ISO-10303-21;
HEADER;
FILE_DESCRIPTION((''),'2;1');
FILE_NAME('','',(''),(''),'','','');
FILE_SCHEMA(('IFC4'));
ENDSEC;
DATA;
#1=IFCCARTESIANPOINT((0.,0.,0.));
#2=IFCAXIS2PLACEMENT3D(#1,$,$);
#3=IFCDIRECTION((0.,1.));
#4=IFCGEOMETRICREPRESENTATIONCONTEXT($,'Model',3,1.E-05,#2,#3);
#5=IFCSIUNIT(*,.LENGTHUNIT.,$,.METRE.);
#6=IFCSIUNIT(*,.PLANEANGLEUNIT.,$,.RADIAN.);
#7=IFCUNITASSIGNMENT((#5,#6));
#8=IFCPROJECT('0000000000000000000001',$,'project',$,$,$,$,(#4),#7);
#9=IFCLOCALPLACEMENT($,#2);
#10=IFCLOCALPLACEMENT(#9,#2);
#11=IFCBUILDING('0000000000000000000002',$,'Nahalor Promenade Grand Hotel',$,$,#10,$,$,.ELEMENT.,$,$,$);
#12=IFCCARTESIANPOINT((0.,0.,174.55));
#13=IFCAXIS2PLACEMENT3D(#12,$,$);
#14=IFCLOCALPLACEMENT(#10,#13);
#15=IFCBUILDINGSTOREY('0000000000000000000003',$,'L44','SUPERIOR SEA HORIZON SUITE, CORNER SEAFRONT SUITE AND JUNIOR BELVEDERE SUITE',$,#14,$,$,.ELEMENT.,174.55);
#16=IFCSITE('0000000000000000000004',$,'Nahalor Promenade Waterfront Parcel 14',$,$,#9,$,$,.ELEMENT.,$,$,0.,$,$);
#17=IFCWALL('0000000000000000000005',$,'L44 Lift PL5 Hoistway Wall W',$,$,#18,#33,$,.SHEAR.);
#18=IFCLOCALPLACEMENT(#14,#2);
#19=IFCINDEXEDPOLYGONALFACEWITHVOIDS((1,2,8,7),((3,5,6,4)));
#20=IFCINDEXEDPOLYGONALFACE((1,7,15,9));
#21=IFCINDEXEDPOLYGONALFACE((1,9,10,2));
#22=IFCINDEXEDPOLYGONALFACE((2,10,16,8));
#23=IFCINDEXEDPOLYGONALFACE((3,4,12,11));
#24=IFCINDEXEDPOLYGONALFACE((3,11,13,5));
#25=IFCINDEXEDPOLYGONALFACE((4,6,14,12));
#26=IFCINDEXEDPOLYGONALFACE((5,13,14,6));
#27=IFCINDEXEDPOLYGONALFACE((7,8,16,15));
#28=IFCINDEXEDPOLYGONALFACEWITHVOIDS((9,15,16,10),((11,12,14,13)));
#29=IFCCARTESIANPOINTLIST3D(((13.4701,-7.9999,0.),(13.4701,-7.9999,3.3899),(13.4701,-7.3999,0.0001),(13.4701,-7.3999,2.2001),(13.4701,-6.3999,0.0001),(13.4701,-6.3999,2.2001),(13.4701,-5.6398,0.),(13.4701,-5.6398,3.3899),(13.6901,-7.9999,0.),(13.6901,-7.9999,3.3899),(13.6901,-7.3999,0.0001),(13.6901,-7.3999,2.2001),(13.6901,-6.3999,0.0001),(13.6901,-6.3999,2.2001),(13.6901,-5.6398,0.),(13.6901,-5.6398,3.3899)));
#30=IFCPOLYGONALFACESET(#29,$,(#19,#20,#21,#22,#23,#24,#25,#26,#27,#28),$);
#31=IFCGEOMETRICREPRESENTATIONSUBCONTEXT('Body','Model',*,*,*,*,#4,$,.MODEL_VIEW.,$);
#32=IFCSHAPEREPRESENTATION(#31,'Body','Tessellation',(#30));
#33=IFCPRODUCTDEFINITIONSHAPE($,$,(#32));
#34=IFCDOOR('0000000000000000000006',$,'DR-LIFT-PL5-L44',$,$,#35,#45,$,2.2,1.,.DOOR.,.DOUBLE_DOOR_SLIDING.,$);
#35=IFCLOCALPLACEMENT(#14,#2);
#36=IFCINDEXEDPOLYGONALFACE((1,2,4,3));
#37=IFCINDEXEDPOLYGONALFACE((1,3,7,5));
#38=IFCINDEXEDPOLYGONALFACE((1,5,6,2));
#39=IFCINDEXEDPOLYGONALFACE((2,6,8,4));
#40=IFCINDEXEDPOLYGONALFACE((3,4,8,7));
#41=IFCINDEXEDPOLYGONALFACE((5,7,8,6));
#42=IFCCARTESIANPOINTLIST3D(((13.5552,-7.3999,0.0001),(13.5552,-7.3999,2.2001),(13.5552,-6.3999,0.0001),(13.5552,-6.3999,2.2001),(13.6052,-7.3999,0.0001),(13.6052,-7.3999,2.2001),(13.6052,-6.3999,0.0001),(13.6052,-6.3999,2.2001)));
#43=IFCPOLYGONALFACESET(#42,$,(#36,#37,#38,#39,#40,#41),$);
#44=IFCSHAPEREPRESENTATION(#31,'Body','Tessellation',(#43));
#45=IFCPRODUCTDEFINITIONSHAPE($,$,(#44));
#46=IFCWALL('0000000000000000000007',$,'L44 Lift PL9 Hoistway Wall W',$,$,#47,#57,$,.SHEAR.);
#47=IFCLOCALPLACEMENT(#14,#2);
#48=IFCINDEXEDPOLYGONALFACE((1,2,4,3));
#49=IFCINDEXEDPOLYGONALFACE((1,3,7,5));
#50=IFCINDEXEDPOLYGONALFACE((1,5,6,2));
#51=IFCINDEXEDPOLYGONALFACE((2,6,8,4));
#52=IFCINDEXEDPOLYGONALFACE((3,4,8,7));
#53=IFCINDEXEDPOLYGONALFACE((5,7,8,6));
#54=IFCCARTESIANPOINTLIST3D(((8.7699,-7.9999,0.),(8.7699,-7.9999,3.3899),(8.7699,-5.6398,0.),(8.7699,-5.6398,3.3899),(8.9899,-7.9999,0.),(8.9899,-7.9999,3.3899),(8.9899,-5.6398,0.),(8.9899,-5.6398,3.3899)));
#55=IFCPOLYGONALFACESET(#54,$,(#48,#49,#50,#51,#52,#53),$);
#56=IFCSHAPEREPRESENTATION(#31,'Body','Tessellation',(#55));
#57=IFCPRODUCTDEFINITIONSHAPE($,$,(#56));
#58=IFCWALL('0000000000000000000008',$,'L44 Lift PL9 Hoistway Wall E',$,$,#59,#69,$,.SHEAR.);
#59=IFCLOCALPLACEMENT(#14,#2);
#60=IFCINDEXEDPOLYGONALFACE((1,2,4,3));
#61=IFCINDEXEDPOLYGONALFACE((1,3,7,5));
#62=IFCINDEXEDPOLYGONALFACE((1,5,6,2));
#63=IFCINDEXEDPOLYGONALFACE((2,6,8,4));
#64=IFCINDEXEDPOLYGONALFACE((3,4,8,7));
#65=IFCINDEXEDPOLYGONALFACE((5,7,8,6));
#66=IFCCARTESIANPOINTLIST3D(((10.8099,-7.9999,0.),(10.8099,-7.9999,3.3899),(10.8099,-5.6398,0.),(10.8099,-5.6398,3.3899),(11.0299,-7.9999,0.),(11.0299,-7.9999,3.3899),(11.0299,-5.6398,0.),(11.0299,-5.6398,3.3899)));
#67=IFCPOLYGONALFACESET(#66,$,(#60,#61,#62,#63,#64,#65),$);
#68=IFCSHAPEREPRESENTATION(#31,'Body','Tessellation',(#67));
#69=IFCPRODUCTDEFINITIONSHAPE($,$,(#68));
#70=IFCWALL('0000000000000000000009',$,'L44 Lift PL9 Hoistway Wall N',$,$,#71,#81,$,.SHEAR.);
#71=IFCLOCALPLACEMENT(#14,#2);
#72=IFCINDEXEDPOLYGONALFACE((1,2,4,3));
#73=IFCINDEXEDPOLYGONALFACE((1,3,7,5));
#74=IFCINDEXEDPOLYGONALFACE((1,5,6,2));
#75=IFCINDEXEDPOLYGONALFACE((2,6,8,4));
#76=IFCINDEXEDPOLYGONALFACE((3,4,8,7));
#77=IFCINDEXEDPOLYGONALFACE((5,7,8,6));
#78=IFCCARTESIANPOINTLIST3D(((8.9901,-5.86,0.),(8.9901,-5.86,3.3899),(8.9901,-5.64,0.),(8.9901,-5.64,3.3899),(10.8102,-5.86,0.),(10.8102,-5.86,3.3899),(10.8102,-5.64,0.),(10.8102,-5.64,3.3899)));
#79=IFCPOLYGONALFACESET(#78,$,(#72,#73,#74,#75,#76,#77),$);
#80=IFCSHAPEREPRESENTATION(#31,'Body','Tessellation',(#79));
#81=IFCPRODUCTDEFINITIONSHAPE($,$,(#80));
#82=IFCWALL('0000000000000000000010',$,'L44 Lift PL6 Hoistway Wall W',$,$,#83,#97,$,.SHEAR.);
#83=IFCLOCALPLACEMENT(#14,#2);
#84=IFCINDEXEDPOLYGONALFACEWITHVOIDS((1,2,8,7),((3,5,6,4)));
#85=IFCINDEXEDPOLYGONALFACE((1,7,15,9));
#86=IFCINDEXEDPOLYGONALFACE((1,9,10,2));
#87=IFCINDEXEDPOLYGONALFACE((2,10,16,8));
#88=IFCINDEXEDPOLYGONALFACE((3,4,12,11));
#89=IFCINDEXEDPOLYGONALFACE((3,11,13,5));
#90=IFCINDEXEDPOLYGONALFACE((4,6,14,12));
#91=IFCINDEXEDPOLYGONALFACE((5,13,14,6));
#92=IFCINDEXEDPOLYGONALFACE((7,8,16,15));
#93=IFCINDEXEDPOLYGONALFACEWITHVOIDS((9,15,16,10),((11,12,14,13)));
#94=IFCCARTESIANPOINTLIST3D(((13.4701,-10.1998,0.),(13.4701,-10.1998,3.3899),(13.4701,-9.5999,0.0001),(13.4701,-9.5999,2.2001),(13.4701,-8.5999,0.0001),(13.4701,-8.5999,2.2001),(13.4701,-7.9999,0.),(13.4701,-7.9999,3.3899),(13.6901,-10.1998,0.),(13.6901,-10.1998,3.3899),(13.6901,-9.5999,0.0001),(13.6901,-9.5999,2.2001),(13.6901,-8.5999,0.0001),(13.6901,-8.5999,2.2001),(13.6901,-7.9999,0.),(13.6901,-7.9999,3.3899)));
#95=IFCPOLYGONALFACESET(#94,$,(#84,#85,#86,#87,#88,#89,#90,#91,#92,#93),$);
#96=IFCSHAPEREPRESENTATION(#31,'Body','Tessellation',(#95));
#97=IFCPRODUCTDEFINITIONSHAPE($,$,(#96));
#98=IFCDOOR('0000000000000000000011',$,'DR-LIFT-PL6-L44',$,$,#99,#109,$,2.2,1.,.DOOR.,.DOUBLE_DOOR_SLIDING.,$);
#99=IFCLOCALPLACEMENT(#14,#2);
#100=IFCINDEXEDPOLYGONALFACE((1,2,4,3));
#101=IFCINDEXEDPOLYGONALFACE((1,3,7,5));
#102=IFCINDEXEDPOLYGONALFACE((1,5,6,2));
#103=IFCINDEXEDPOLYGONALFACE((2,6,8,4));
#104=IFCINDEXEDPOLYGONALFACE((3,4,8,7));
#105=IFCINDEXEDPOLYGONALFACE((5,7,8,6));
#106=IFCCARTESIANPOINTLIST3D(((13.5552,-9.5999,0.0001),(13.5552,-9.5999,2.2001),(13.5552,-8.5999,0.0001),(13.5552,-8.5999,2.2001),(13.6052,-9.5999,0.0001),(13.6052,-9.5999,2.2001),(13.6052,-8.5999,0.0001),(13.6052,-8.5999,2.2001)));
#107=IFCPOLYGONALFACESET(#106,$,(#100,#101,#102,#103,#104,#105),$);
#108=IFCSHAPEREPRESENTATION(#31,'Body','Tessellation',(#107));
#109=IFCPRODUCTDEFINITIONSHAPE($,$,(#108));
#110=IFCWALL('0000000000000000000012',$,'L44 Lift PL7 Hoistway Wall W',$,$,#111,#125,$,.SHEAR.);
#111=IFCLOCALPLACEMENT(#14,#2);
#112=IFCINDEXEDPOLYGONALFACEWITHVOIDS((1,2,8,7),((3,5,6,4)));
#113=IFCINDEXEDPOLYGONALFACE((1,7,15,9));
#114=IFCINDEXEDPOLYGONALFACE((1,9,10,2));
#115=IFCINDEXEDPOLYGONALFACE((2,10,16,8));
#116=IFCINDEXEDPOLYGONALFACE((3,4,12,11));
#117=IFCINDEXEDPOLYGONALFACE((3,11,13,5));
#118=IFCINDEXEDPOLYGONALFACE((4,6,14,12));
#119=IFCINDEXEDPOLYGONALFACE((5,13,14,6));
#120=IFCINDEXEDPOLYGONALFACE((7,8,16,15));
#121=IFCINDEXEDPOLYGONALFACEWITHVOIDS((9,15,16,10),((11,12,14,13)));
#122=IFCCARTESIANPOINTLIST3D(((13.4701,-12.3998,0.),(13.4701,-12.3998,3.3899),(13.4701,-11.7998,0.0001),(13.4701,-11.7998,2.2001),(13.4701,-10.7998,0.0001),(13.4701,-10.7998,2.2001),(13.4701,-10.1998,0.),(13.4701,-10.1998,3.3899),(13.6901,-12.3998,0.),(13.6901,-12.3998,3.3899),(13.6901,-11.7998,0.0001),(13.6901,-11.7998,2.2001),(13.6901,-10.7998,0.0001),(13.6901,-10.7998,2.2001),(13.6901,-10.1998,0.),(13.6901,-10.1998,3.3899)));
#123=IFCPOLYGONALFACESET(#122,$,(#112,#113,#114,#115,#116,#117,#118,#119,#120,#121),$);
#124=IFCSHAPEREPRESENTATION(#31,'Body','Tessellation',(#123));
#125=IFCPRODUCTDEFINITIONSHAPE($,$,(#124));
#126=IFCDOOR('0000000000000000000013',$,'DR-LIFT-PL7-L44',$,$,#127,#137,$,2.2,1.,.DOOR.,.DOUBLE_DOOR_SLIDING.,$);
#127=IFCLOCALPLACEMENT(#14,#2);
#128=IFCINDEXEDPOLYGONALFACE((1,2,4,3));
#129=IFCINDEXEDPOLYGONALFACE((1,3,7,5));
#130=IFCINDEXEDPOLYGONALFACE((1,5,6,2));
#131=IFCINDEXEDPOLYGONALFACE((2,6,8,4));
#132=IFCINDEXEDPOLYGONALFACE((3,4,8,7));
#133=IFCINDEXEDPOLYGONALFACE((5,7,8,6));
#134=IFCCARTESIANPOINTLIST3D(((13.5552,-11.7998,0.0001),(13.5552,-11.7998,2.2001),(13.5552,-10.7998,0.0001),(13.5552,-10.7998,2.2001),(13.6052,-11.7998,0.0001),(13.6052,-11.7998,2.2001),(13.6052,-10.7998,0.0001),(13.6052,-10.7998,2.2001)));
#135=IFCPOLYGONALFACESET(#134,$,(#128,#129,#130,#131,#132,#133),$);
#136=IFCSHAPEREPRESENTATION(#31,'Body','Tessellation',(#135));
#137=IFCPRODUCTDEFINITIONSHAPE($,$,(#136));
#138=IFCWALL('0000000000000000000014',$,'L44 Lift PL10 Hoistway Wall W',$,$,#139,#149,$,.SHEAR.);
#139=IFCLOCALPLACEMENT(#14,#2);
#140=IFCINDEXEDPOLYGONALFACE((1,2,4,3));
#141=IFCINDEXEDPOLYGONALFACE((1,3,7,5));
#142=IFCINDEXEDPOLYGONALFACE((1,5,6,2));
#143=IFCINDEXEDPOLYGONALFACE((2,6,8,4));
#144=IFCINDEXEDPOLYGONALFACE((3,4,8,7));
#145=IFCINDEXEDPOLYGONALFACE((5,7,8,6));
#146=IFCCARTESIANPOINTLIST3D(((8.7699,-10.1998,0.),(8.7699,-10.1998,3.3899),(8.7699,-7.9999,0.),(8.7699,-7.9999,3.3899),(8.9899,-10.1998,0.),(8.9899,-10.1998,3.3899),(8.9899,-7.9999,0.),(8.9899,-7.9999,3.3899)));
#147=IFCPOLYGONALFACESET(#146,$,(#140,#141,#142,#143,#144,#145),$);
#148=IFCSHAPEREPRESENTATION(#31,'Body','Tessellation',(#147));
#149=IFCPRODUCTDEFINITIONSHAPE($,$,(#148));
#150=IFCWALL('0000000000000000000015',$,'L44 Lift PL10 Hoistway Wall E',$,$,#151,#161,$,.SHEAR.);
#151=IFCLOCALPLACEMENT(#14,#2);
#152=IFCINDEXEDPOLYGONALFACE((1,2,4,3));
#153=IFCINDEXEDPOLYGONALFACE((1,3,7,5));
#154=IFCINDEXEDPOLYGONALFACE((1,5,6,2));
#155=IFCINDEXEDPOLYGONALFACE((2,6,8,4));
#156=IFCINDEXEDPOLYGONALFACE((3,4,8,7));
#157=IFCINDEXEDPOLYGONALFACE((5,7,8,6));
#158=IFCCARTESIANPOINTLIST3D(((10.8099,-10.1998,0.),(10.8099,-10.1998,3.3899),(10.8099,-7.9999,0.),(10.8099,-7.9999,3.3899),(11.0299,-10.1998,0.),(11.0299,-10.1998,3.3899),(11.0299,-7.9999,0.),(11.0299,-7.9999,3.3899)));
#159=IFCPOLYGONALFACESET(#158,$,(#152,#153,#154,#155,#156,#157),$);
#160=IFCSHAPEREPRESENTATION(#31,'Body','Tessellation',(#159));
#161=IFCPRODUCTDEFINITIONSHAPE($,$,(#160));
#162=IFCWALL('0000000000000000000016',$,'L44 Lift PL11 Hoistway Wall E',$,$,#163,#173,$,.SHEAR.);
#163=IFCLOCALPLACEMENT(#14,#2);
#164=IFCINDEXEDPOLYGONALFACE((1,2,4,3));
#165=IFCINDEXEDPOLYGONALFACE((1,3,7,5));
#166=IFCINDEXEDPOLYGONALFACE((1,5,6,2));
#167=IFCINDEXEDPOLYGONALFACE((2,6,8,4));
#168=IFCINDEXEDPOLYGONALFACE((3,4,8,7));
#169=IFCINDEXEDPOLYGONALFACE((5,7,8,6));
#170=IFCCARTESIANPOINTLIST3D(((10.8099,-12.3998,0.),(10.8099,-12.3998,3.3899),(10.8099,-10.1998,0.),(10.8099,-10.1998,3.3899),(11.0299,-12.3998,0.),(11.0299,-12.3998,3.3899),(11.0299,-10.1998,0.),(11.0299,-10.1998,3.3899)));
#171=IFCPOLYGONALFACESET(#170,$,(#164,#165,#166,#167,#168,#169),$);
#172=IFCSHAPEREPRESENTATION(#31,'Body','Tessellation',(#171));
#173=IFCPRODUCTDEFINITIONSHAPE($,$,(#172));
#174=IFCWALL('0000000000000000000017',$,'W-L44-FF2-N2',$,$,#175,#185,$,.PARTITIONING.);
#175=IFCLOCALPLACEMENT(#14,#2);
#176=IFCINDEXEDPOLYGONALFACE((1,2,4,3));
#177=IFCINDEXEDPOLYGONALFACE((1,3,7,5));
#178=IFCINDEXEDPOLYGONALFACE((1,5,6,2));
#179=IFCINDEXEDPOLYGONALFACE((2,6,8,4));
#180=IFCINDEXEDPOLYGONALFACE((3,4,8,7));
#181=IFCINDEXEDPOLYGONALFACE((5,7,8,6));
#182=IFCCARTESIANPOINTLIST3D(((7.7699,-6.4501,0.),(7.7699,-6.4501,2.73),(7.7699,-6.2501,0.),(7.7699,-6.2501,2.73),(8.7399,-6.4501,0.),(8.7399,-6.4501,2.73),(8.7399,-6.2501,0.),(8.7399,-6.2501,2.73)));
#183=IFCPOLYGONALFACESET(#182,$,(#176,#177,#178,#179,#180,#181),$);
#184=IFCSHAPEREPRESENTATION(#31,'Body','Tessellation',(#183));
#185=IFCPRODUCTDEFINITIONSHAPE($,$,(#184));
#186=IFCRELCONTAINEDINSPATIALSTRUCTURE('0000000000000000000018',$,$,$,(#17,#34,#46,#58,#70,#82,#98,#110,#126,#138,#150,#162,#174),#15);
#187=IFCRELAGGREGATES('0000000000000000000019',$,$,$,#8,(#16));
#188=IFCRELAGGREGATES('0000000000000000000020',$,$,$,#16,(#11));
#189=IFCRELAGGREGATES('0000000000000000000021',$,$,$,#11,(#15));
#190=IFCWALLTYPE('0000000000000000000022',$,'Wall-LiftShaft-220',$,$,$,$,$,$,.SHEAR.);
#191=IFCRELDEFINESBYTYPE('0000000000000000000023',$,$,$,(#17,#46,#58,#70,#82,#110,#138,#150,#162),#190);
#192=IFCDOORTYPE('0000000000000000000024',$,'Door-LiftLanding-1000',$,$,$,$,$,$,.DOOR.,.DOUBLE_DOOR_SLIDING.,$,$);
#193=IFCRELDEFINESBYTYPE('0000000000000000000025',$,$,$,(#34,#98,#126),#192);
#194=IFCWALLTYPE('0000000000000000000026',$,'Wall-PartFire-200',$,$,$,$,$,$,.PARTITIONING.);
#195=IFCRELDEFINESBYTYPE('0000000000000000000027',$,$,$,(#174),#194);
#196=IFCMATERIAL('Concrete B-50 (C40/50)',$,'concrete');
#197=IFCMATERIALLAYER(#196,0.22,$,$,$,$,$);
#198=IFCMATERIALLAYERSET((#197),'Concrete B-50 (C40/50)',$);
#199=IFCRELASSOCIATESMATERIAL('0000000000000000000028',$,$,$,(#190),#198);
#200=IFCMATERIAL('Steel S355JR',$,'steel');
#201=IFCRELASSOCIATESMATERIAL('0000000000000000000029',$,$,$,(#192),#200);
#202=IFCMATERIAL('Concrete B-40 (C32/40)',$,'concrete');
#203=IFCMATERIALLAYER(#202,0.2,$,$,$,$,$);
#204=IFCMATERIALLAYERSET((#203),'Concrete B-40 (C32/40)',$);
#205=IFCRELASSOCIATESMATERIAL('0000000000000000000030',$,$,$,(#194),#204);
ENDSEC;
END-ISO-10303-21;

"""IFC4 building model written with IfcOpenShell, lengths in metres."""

from ifc_helpers import new_model, si_unit, direction, frame, frame_2d, origin, place, context, subcontext, project, spatial, rectangle, extrude, source, transform, mapped, material, layer, layer_set, type_object, element, fill, save


model = new_model("IFC4")

# Units and contexts
model_context = context("Model", 3, precision=1e-05, world=origin(), true_north=direction((0.0, 1.0)))
body_context = subcontext(model_context, "Body", "Model", "MODEL_VIEW")
ifc_project = project(units=[si_unit("LENGTHUNIT", "METRE"), si_unit("PLANEANGLEUNIT", "RADIAN")], contexts=[model_context])

# Site, building, storey
site_placement = place(None, origin())
site = spatial("IfcSite", under=ifc_project, at=site_placement, Name="Nahalor Promenade Waterfront Parcel 14", CompositionType="ELEMENT", RefElevation=0.0)
building_placement = place(site_placement, origin())
building = spatial("IfcBuilding", under=site, at=building_placement, Name="Nahalor Promenade Grand Hotel", CompositionType="ELEMENT")
storey_placement = place(building_placement, frame((0.0, 0.0, 174.55)))
storey = spatial("IfcBuildingStorey", under=building, at=storey_placement, Name="L44", Description="SUPERIOR SEA HORIZON SUITE, CORNER SEAFRONT SUITE AND JUNIOR BELVEDERE SUITE", CompositionType="ELEMENT", Elevation=174.55)

# Shared definitions
ifc_material_1 = material(Name="Steel S355JR", Category="steel")

# Shared definitions
ifc_material_2 = material(Name="Concrete B-50 (C40/50)", Category="concrete")
ifc_layer_1 = layer(ifc_material_2, 0.22)
ifc_layer_set_1 = layer_set([ifc_layer_1], Name="Concrete B-50 (C40/50)")
wall_type_1 = type_object("IfcWallType", Name="Wall-LiftShaft-220", PredefinedType="SHEAR", material=ifc_layer_set_1)

# Wall, opening, door
shared_shape_1 = source(origin(), body_context, "Body", "SweptSolid", [
    extrude(rectangle(XDim=2.3601, YDim=0.22, at=frame_2d((1.1802, 0.0))), origin(), (0.0, 0.0, 1.0), 3.3899),
])
wall_1_placement = place(storey_placement, frame((13.5801, -8.0, 0.0), z_axis=(0.0, 0.0, 1.0), x_axis=(0.0, 1.0, 0.0)))
wall_1 = element("IfcWall", 1, at=wall_1_placement, inside=storey, type_object=wall_type_1, Name="L44 Lift PL5 Hoistway Wall W", PredefinedType="SHEAR", context=body_context, shape_type="MappedRepresentation", body=[
    mapped(shared_shape_1, transform((0.0, 0.0, 0.0), scale=1.0)),
])
opening_1_placement = place(wall_1_placement, frame((0.6001, 0.0, 0.0)))
opening_1 = element("IfcOpeningElement", 2, at=opening_1_placement, cuts=wall_1, PredefinedType="OPENING", context=body_context, shape_type="SweptSolid", body=[
    extrude(rectangle(XDim=1.0, YDim=2.2, at=frame_2d((0.5, 1.1001))), frame((0.0, 0.1199, 0.0), z_axis=(0.0, -1.0, 0.0), x_axis=(1.0, 0.0, 0.0)), (0.0, 0.0, 1.0), 0.24),
])
door_type = type_object("IfcDoorType", Name="Door-LiftLanding-1000", OperationType="DOUBLE_DOOR_SLIDING", PredefinedType="DOOR", material=ifc_material_1)
shared_shape_2 = source(origin(), body_context, "Body", "SweptSolid", [
    extrude(rectangle(XDim=1.0, YDim=2.2, at=frame_2d((0.5, 1.1001))), frame((0.0, 0.0249, 0.0), z_axis=(0.0, -1.0, 0.0), x_axis=(1.0, 0.0, 0.0)), (0.0, 0.0, 1.0), 0.05),
])
door_1_placement = place(opening_1_placement, origin())
door_1 = element("IfcDoor", 3, at=door_1_placement, inside=storey, type_object=door_type, Name="DR-LIFT-PL5-L44", OperationType="DOUBLE_DOOR_SLIDING", OverallHeight=2.2, OverallWidth=1.0, PredefinedType="DOOR", context=body_context, shape_type="MappedRepresentation", body=[
    mapped(shared_shape_2, transform((0.0, 0.0, 0.0), scale=1.0)),
])
fill(opening_1, door_1)

# Walls
for number, where, z_axis, x_axis, name in (
    (4, (8.8799, -8.0, 0.0), (0.0, 0.0, 1.0), (0.0, 1.0, 0.0), "L44 Lift PL9 Hoistway Wall W"),
    (5, (10.9199, -8.0, 0.0), (0.0, 0.0, 1.0), (0.0, 1.0, 0.0), "L44 Lift PL9 Hoistway Wall E"),
):
    element("IfcWall", number, at=place(storey_placement, frame(where, z_axis=z_axis, x_axis=x_axis)), inside=storey, type_object=wall_type_1, Name=name, PredefinedType="SHEAR", context=body_context, shape_type="MappedRepresentation", body=[
        mapped(shared_shape_1, transform((0.0, 0.0, 0.0), scale=1.0)),
    ])
shared_shape_3 = source(origin(), body_context, "Body", "SweptSolid", [
    extrude(rectangle(XDim=1.8201, YDim=0.22, at=frame_2d((0.9102, 0.0))), origin(), (0.0, 0.0, 1.0), 3.3899),
])
wall_2_placement = place(storey_placement, frame((8.99, -5.75, 0.0), z_axis=(0.0, 0.0, 1.0), x_axis=(1.0, 0.0, 0.0)))
element("IfcWall", 6, at=wall_2_placement, inside=storey, type_object=wall_type_1, Name="L44 Lift PL9 Hoistway Wall N", PredefinedType="SHEAR", context=body_context, shape_type="MappedRepresentation", body=[
    mapped(shared_shape_3, transform((0.0, 0.0, 0.0), scale=1.0)),
])

# Walls, openings, doors
shared_shape_4 = source(origin(), body_context, "Body", "SweptSolid", [
    extrude(rectangle(XDim=2.2, YDim=0.22, at=frame_2d((1.1001, 0.0))), origin(), (0.0, 0.0, 1.0), 3.3899),
])
wall_3_placement = place(storey_placement, frame((13.5801, -10.2, 0.0), z_axis=(0.0, 0.0, 1.0), x_axis=(0.0, 1.0, 0.0)))
wall_3 = element("IfcWall", 7, at=wall_3_placement, inside=storey, type_object=wall_type_1, Name="L44 Lift PL6 Hoistway Wall W", PredefinedType="SHEAR", context=body_context, shape_type="MappedRepresentation", body=[
    mapped(shared_shape_4, transform((0.0, 0.0, 0.0), scale=1.0)),
])
opening_2_placement = place(wall_3_placement, frame((0.6001, 0.0, 0.0)))
opening_2 = element("IfcOpeningElement", 8, at=opening_2_placement, cuts=wall_3, PredefinedType="OPENING", context=body_context, shape_type="SweptSolid", body=[
    extrude(rectangle(XDim=1.0, YDim=2.2, at=frame_2d((0.5, 1.1001))), frame((0.0, 0.1199, 0.0), z_axis=(0.0, -1.0, 0.0), x_axis=(1.0, 0.0, 0.0)), (0.0, 0.0, 1.0), 0.24),
])
door_2_placement = place(opening_2_placement, origin())
door_2 = element("IfcDoor", 9, at=door_2_placement, inside=storey, type_object=door_type, Name="DR-LIFT-PL6-L44", OperationType="DOUBLE_DOOR_SLIDING", OverallHeight=2.2, OverallWidth=1.0, PredefinedType="DOOR", context=body_context, shape_type="MappedRepresentation", body=[
    mapped(shared_shape_2, transform((0.0, 0.0, 0.0), scale=1.0)),
])
fill(opening_2, door_2)
wall_4_placement = place(storey_placement, frame((13.5801, -12.3999, 0.0), z_axis=(0.0, 0.0, 1.0), x_axis=(0.0, 1.0, 0.0)))
wall_4 = element("IfcWall", 10, at=wall_4_placement, inside=storey, type_object=wall_type_1, Name="L44 Lift PL7 Hoistway Wall W", PredefinedType="SHEAR", context=body_context, shape_type="MappedRepresentation", body=[
    mapped(shared_shape_4, transform((0.0, 0.0, 0.0), scale=1.0)),
])
opening_3_placement = place(wall_4_placement, frame((0.6001, 0.0, 0.0)))
opening_3 = element("IfcOpeningElement", 11, at=opening_3_placement, cuts=wall_4, PredefinedType="OPENING", context=body_context, shape_type="SweptSolid", body=[
    extrude(rectangle(XDim=1.0, YDim=2.2, at=frame_2d((0.5, 1.1001))), frame((0.0, 0.1199, 0.0), z_axis=(0.0, -1.0, 0.0), x_axis=(1.0, 0.0, 0.0)), (0.0, 0.0, 1.0), 0.24),
])
door_3_placement = place(opening_3_placement, origin())
door_3 = element("IfcDoor", 12, at=door_3_placement, inside=storey, type_object=door_type, Name="DR-LIFT-PL7-L44", OperationType="DOUBLE_DOOR_SLIDING", OverallHeight=2.2, OverallWidth=1.0, PredefinedType="DOOR", context=body_context, shape_type="MappedRepresentation", body=[
    mapped(shared_shape_2, transform((0.0, 0.0, 0.0), scale=1.0)),
])
fill(opening_3, door_3)

# Walls
for number, where, z_axis, x_axis, name in (
    (13, (8.8799, -10.2, 0.0), (0.0, 0.0, 1.0), (0.0, 1.0, 0.0), "L44 Lift PL10 Hoistway Wall W"),
    (14, (10.9199, -10.2, 0.0), (0.0, 0.0, 1.0), (0.0, 1.0, 0.0), "L44 Lift PL10 Hoistway Wall E"),
    (15, (10.9199, -12.3999, 0.0), (0.0, 0.0, 1.0), (0.0, 1.0, 0.0), "L44 Lift PL11 Hoistway Wall E"),
):
    element("IfcWall", number, at=place(storey_placement, frame(where, z_axis=z_axis, x_axis=x_axis)), inside=storey, type_object=wall_type_1, Name=name, PredefinedType="SHEAR", context=body_context, shape_type="MappedRepresentation", body=[
        mapped(shared_shape_4, transform((0.0, 0.0, 0.0), scale=1.0)),
    ])
ifc_material_3 = material(Name="Concrete B-40 (C32/40)", Category="concrete")
ifc_layer_2 = layer(ifc_material_3, 0.2)
ifc_layer_set_2 = layer_set([ifc_layer_2], Name="Concrete B-40 (C32/40)")
wall_type_2 = type_object("IfcWallType", Name="Wall-PartFire-200", PredefinedType="PARTITIONING", material=ifc_layer_set_2)
shared_shape_5 = source(origin(), body_context, "Body", "SweptSolid", [
    extrude(rectangle(XDim=0.97, YDim=0.2, at=frame_2d((0.4849, 0.0))), origin(), (0.0, 0.0, 1.0), 2.73),
])
wall_5_placement = place(storey_placement, frame((7.77, -6.3501, 0.0), z_axis=(0.0, 0.0, 1.0), x_axis=(1.0, 0.0, 0.0)))
element("IfcWall", 16, at=wall_5_placement, inside=storey, type_object=wall_type_2, Name="W-L44-FF2-N2", PredefinedType="PARTITIONING", context=body_context, shape_type="MappedRepresentation", body=[
    mapped(shared_shape_5, transform((0.0, 0.0, 0.0), scale=1.0)),
])

save(model, "model.ifc")
